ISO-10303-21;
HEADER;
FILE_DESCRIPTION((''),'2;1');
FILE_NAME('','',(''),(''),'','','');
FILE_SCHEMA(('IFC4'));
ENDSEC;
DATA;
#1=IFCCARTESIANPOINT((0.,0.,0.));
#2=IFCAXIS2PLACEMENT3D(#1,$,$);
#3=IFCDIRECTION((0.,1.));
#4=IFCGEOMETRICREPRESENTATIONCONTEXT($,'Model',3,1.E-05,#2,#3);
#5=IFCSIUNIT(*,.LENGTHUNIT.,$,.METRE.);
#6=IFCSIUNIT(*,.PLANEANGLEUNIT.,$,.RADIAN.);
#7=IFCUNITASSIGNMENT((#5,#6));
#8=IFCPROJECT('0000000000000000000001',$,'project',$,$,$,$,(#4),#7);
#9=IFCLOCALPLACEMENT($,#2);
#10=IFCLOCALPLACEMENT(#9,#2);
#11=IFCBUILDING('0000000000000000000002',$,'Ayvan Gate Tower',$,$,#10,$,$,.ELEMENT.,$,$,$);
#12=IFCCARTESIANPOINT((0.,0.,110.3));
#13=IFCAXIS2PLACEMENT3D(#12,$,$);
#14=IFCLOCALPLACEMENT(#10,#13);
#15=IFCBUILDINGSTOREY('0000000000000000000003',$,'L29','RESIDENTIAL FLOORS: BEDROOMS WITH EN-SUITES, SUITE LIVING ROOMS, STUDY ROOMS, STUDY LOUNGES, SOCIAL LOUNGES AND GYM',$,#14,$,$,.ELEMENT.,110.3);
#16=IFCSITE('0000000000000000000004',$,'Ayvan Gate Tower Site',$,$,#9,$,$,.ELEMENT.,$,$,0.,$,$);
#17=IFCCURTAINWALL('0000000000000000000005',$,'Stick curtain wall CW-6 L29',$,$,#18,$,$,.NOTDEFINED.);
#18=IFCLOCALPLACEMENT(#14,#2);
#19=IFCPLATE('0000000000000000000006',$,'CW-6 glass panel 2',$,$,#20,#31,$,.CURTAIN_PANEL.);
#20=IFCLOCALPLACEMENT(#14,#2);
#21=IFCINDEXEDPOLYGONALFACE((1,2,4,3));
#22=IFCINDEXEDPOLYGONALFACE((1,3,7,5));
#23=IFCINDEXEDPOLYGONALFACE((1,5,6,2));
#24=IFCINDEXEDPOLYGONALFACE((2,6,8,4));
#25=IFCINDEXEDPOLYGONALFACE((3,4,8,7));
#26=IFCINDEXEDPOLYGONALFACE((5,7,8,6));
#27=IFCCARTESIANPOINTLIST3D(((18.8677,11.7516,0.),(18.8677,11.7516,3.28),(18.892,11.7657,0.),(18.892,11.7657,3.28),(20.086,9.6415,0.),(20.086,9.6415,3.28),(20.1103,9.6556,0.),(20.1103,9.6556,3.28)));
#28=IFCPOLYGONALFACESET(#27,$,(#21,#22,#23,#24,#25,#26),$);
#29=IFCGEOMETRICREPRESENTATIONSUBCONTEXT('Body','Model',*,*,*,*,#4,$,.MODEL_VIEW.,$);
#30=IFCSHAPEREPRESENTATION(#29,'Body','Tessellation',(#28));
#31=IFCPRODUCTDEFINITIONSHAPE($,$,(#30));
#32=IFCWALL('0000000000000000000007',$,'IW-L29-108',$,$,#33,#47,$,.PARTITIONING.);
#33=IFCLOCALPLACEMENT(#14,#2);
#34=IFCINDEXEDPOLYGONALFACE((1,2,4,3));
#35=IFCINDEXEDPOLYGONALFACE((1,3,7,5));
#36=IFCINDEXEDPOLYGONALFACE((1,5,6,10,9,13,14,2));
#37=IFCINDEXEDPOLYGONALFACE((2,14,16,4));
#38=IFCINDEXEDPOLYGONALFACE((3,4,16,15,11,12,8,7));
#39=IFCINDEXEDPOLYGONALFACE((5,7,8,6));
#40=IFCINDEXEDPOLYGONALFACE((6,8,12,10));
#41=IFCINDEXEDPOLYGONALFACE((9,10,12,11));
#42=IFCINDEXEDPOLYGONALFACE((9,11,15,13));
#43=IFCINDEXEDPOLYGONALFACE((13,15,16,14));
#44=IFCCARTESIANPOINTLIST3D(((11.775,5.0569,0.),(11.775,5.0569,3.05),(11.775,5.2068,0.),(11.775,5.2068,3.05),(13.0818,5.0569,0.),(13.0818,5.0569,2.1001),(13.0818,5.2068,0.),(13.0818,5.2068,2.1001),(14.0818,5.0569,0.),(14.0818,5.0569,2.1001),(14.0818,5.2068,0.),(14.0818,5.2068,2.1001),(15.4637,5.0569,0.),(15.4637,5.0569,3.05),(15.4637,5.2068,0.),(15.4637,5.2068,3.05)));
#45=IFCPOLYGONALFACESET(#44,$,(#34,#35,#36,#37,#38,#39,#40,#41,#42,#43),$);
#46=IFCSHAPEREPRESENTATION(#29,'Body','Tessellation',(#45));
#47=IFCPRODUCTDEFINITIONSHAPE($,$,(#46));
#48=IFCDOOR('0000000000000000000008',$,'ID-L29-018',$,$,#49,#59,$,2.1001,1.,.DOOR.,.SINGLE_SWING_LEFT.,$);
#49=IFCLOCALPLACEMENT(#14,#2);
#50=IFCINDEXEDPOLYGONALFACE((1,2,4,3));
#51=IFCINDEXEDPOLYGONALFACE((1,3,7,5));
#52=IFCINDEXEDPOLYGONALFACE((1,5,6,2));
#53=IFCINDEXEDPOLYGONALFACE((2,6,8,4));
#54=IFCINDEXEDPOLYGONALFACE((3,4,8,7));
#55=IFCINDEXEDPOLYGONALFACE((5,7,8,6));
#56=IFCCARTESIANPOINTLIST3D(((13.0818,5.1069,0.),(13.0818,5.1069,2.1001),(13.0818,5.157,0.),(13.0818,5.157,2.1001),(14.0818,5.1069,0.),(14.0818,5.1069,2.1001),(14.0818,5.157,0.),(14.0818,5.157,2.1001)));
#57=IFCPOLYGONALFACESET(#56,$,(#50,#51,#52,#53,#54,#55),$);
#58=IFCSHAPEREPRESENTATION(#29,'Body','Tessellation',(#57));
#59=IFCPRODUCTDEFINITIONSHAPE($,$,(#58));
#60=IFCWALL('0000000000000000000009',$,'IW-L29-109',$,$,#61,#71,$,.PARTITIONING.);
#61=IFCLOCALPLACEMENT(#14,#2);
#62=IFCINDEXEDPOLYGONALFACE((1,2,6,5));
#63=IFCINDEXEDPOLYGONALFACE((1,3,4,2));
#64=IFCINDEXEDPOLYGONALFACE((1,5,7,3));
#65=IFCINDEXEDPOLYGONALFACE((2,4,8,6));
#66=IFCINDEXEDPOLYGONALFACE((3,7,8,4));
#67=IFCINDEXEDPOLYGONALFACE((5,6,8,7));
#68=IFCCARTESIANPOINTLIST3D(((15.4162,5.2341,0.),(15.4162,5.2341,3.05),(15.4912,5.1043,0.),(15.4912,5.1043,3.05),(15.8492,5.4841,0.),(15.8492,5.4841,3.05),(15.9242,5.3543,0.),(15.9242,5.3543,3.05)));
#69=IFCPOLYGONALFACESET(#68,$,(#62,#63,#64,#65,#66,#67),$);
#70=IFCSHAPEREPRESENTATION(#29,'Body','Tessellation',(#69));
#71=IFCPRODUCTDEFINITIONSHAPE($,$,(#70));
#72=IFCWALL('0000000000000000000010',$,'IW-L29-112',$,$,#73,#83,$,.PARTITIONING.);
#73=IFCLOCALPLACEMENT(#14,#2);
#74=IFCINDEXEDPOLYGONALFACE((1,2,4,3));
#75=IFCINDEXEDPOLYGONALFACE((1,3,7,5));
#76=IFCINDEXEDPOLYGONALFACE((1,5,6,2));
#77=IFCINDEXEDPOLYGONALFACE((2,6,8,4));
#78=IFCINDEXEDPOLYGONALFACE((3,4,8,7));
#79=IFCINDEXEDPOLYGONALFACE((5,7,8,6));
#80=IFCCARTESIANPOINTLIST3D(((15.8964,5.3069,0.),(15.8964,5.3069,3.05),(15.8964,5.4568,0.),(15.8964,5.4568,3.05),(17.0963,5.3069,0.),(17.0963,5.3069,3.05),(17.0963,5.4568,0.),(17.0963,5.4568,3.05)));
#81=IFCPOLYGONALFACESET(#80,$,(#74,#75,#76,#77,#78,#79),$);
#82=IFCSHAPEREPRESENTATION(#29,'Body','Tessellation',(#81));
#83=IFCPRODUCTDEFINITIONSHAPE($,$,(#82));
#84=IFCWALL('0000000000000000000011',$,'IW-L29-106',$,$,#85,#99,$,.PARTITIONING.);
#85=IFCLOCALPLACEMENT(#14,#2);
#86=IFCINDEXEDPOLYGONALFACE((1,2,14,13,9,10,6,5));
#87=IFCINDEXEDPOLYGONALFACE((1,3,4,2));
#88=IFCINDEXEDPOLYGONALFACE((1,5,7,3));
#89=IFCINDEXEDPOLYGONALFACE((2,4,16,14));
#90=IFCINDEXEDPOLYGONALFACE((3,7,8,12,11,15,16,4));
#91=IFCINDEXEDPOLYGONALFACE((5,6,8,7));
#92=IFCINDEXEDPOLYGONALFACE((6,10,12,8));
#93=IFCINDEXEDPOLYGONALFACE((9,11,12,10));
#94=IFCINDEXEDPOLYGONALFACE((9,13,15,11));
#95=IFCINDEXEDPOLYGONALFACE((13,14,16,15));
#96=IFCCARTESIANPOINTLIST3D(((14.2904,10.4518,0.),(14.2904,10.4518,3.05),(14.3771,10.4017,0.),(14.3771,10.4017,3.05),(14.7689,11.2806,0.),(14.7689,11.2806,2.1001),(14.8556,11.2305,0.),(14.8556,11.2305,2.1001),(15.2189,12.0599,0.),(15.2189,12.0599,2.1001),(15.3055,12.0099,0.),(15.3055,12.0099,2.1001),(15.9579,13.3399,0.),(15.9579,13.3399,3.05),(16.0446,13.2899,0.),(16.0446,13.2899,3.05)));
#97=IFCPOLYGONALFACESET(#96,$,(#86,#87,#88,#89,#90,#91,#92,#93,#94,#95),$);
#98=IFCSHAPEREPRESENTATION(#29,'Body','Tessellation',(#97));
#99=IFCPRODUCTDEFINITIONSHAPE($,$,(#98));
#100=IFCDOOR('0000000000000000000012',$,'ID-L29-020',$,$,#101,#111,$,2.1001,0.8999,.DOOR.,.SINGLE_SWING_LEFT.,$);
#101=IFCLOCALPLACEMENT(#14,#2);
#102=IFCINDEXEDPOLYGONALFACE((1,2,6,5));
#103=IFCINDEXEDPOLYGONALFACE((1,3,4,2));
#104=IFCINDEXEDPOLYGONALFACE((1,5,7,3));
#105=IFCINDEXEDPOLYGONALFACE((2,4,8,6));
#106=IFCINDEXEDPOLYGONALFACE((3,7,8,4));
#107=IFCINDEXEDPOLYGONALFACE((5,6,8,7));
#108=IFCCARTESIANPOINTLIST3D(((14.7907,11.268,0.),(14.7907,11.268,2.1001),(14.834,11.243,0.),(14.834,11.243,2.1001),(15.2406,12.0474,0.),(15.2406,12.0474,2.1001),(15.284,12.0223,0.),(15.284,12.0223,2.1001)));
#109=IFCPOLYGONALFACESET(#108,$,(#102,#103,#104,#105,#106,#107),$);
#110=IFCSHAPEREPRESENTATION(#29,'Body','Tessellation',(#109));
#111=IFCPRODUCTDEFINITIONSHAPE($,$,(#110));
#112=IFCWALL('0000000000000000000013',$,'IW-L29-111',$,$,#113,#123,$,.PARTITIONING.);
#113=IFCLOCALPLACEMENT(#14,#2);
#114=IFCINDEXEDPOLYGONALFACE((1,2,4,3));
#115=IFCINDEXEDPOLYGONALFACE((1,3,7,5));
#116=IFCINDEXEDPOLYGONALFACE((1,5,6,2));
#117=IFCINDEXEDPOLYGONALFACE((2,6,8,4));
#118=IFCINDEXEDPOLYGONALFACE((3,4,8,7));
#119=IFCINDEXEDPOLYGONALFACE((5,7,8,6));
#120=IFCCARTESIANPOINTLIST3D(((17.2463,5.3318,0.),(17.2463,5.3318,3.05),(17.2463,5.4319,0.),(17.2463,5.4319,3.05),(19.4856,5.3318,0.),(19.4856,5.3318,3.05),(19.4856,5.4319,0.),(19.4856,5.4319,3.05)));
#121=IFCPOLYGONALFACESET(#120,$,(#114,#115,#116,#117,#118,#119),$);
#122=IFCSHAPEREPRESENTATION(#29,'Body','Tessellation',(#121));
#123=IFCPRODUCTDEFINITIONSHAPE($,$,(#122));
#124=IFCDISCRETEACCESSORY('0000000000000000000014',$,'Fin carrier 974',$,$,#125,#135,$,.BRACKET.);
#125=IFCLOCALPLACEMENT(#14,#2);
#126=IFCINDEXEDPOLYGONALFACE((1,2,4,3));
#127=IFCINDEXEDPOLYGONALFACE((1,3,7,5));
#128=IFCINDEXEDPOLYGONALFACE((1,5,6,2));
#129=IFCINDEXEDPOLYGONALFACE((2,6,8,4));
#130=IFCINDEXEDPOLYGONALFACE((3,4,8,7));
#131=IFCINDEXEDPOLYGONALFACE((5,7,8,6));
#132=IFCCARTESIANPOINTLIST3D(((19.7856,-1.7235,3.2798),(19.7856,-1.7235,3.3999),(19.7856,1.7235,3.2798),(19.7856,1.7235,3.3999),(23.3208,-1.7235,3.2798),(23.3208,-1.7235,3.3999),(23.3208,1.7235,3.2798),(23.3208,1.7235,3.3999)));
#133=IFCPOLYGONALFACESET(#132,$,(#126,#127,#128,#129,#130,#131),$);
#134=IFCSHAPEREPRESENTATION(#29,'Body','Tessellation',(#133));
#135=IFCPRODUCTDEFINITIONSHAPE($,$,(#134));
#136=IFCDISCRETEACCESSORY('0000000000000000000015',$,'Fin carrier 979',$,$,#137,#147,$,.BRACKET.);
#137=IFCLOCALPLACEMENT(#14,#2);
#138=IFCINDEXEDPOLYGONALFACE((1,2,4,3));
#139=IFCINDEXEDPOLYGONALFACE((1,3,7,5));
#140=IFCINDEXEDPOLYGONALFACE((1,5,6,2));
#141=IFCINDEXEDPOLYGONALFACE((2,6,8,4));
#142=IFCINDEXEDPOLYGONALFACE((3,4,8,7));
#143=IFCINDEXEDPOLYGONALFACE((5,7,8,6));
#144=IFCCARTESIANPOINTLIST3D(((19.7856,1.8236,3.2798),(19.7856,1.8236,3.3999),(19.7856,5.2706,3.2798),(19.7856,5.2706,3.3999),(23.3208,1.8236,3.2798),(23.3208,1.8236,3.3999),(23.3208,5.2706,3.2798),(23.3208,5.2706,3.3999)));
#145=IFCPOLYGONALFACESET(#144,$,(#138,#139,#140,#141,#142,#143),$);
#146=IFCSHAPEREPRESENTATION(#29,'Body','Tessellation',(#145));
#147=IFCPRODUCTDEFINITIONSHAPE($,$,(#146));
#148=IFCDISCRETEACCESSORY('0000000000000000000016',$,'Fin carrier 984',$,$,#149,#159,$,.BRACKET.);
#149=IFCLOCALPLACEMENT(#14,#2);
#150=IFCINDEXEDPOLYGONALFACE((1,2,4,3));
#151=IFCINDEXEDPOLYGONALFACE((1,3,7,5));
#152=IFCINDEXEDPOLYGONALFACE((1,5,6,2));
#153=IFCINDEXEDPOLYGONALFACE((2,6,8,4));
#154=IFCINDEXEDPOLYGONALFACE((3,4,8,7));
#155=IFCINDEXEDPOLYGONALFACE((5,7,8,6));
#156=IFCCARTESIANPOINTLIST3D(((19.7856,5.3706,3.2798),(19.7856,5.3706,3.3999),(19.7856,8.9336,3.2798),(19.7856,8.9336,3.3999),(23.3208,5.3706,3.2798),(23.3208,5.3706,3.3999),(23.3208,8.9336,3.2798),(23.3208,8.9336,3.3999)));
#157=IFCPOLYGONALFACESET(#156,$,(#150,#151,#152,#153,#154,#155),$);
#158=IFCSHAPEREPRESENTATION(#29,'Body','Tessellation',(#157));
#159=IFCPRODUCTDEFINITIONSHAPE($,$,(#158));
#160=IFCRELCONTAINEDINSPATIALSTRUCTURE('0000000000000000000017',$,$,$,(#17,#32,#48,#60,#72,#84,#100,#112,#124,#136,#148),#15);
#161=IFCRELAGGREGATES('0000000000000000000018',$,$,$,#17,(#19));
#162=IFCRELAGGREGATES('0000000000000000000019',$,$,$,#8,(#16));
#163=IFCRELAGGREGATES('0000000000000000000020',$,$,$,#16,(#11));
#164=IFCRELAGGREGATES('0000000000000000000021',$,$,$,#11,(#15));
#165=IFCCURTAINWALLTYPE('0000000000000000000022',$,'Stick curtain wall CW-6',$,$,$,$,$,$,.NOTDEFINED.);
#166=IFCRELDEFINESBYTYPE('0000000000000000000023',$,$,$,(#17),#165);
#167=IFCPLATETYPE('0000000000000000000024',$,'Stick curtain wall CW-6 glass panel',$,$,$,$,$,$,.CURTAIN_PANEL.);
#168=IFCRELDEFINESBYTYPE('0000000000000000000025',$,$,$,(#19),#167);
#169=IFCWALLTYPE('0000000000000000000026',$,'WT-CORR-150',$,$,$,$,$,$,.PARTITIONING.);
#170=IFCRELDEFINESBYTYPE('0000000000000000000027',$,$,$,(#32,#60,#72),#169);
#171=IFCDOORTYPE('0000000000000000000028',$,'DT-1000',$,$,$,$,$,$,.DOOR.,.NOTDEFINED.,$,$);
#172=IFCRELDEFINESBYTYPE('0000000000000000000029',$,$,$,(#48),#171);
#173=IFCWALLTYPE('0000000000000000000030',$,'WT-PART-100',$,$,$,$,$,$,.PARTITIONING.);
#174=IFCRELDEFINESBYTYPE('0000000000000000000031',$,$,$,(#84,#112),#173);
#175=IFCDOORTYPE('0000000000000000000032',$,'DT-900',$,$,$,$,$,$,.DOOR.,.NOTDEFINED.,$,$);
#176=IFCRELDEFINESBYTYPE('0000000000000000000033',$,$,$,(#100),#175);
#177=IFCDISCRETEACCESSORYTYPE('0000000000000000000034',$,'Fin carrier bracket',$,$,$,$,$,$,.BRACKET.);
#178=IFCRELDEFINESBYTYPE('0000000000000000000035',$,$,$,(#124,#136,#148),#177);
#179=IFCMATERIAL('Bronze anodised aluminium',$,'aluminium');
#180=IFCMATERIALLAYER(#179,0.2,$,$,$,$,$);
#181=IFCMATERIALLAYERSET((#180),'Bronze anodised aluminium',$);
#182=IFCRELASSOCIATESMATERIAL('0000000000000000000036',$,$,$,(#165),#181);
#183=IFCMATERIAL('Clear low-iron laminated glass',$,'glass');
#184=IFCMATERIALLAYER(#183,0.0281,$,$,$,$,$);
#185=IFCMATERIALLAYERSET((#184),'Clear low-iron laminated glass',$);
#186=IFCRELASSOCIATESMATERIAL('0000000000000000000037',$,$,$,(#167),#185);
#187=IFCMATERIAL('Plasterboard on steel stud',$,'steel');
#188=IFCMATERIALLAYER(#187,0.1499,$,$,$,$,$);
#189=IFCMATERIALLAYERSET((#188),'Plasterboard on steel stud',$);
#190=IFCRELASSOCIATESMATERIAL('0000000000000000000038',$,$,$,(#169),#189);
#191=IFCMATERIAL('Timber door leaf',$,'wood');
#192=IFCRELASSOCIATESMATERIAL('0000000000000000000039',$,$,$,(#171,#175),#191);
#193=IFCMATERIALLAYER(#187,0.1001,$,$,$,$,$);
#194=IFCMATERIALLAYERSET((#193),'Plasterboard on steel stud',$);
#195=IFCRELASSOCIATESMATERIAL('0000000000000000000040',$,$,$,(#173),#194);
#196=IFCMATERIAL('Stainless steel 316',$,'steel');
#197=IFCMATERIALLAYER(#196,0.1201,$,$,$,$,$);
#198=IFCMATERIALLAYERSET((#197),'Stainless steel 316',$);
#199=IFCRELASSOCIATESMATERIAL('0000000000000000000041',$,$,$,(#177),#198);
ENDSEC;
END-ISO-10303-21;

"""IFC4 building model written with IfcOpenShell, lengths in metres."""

from ifc_helpers import new_model, si_unit, direction, frame, frame_2d, origin, origin_2d, place, context, subcontext, project, spatial, rectangle, extrude, material, layer, layer_set, type_object, element, fill, aggregate, save


model = new_model("IFC4")

# Units and contexts
model_context = context("Model", 3, precision=1e-05, world=origin(), true_north=direction((0.0, 1.0)))
body_context = subcontext(model_context, "Body", "Model", "MODEL_VIEW")
ifc_project = project(units=[si_unit("LENGTHUNIT", "METRE"), si_unit("PLANEANGLEUNIT", "RADIAN")], contexts=[model_context])

# Site, building, storey
site_placement = place(None, origin())
site = spatial("IfcSite", under=ifc_project, at=site_placement, Name="Ayvan Gate Tower Site", CompositionType="ELEMENT", RefElevation=0.0)
building_placement = place(site_placement, origin())
building = spatial("IfcBuilding", under=site, at=building_placement, Name="Ayvan Gate Tower", CompositionType="ELEMENT")
storey_placement = place(building_placement, frame((0.0, 0.0, 110.3)))
storey = spatial("IfcBuildingStorey", under=building, at=storey_placement, Name="L29", Description="RESIDENTIAL FLOORS: BEDROOMS WITH EN-SUITES, SUITE LIVING ROOMS, STUDY ROOMS, STUDY LOUNGES, SOCIAL LOUNGES AND GYM", CompositionType="ELEMENT", Elevation=110.3)

# Curtain wall
ifc_material_1 = material(Name="Bronze anodised aluminium", Category="aluminium")
ifc_layer_1 = layer(ifc_material_1, 0.2)
ifc_layer_set_1 = layer_set([ifc_layer_1], Name="Bronze anodised aluminium")
curtain_wall_type_1 = type_object("IfcCurtainWallType", Name="Stick curtain wall CW-6", PredefinedType="NOTDEFINED", material=ifc_layer_set_1)
curtain_wall_1_placement = place(storey_placement, origin())
curtain_wall_1 = element("IfcCurtainWall", 1, at=curtain_wall_1_placement, inside=storey, type_object=curtain_wall_type_1, Name="Stick curtain wall CW-6 L29", PredefinedType="NOTDEFINED")

# Plate
ifc_material_2 = material(Name="Clear low-iron laminated glass", Category="glass")
ifc_layer_2 = layer(ifc_material_2, 0.0281)
ifc_layer_set_2 = layer_set([ifc_layer_2], Name="Clear low-iron laminated glass")
plate_type_1 = type_object("IfcPlateType", Name="Stick curtain wall CW-6 glass panel", PredefinedType="CURTAIN_PANEL", material=ifc_layer_set_2)
plate_1_placement = place(storey_placement, frame((19.489, 10.7036, 0.0), z_axis=(0.0, 0.0, 1.0), x_axis=(-0.5, 0.866025, 0.0)))
plate_1 = element("IfcPlate", 2, at=plate_1_placement, type_object=plate_type_1, Name="CW-6 glass panel 2", PredefinedType="CURTAIN_PANEL", context=body_context, shape_type="SweptSolid", body=[
    extrude(rectangle(XDim=2.4365, YDim=0.0281, at=origin_2d()), origin(), (0.0, 0.0, 1.0), 3.28),
])
aggregate(curtain_wall_1, [plate_1])

# Wall, opening, door
ifc_material_3 = material(Name="Plasterboard on steel stud", Category="steel")
ifc_layer_3 = layer(ifc_material_3, 0.1499)
ifc_layer_set_3 = layer_set([ifc_layer_3], Name="Plasterboard on steel stud")
wall_type_1 = type_object("IfcWallType", Name="WT-CORR-150", PredefinedType="PARTITIONING", material=ifc_layer_set_3)
wall_1_placement = place(storey_placement, frame((15.4636, 5.1318, 0.0), z_axis=(0.0, 0.0, 1.0), x_axis=(-1.0, 0.0, 0.0)))
wall_1 = element("IfcWall", 3, at=wall_1_placement, inside=storey, type_object=wall_type_1, Name="IW-L29-108", PredefinedType="PARTITIONING", context=body_context, shape_type="SweptSolid", body=[
    extrude(rectangle(XDim=3.6887, YDim=0.1499, at=frame_2d((1.8442, 0.0))), origin(), (0.0, 0.0, 1.0), 3.05),
])
opening_1_placement = place(wall_1_placement, frame((1.3818, 0.0, 0.0)))
opening_1 = element("IfcOpeningElement", 4, at=opening_1_placement, cuts=wall_1, PredefinedType="OPENING", context=body_context, shape_type="SweptSolid", body=[
    extrude(rectangle(XDim=1.0, YDim=2.1001, at=frame_2d((0.5, 1.05))), frame((0.0, 0.085, 0.0), z_axis=(0.0, -1.0, 0.0), x_axis=(1.0, 0.0, 0.0)), (0.0, 0.0, 1.0), 0.1699),
])
ifc_material_4 = material(Name="Timber door leaf", Category="wood")
door_type_1 = type_object("IfcDoorType", Name="DT-1000", OperationType="NOTDEFINED", PredefinedType="DOOR", material=ifc_material_4)
door_1_placement = place(opening_1_placement, origin())
door_1 = element("IfcDoor", 5, at=door_1_placement, inside=storey, type_object=door_type_1, Name="ID-L29-018", OperationType="SINGLE_SWING_LEFT", OverallHeight=2.1001, OverallWidth=1.0, PredefinedType="DOOR", context=body_context, shape_type="SweptSolid", body=[
    extrude(rectangle(XDim=1.0, YDim=2.1001, at=frame_2d((0.5, 1.05))), frame((0.0, 0.0249, 0.0), z_axis=(0.0, -1.0, 0.0), x_axis=(1.0, 0.0, 0.0)), (0.0, 0.0, 1.0), 0.05),
])
fill(opening_1, door_1)

# Walls
wall_2_placement = place(storey_placement, frame((15.8867, 5.4192, 0.0), z_axis=(0.0, 0.0, 1.0), x_axis=(-0.866072, -0.49992, 0.0)))
element("IfcWall", 6, at=wall_2_placement, inside=storey, type_object=wall_type_1, Name="IW-L29-109", PredefinedType="PARTITIONING", context=body_context, shape_type="SweptSolid", body=[
    extrude(rectangle(XDim=0.5, YDim=0.1499, at=frame_2d((0.25, 0.0))), origin(), (0.0, 0.0, 1.0), 3.05),
])
wall_3_placement = place(storey_placement, frame((17.0964, 5.3818, 0.0), z_axis=(0.0, 0.0, 1.0), x_axis=(-1.0, 0.0, 0.0)))
element("IfcWall", 7, at=wall_3_placement, inside=storey, type_object=wall_type_1, Name="IW-L29-112", PredefinedType="PARTITIONING", context=body_context, shape_type="SweptSolid", body=[
    extrude(rectangle(XDim=1.2, YDim=0.1499, at=frame_2d((0.6001, 0.0))), origin(), (0.0, 0.0, 1.0), 3.05),
])

# Wall, opening, door
ifc_layer_4 = layer(ifc_material_3, 0.1001)
ifc_layer_set_4 = layer_set([ifc_layer_4], Name="Plasterboard on steel stud")
wall_type_2 = type_object("IfcWallType", Name="WT-PART-100", PredefinedType="PARTITIONING", material=ifc_layer_set_4)
wall_4_placement = place(storey_placement, frame((14.3337, 10.4268, 0.0), z_axis=(0.0, 0.0, 1.0), x_axis=(0.499997, 0.866027, 0.0)))
wall_4 = element("IfcWall", 8, at=wall_4_placement, inside=storey, type_object=wall_type_2, Name="IW-L29-106", PredefinedType="PARTITIONING", context=body_context, shape_type="SweptSolid", body=[
    extrude(rectangle(XDim=3.335, YDim=0.1001, at=frame_2d((1.6675, 0.0))), origin(), (0.0, 0.0, 1.0), 3.05),
])
opening_2_placement = place(wall_4_placement, frame((0.957, 0.0, 0.0)))
opening_2 = element("IfcOpeningElement", 9, at=opening_2_placement, cuts=wall_4, PredefinedType="OPENING", context=body_context, shape_type="SweptSolid", body=[
    extrude(rectangle(XDim=0.8999, YDim=2.1001, at=frame_2d((0.45, 1.05))), frame((0.0, 0.0601, 0.0), z_axis=(0.0, -1.0, 0.0), x_axis=(1.0, 0.0, 0.0)), (0.0, 0.0, 1.0), 0.1201),
])
door_type_2 = type_object("IfcDoorType", Name="DT-900", OperationType="NOTDEFINED", PredefinedType="DOOR", material=ifc_material_4)
door_2_placement = place(opening_2_placement, origin())
door_2 = element("IfcDoor", 10, at=door_2_placement, inside=storey, type_object=door_type_2, Name="ID-L29-020", OperationType="SINGLE_SWING_LEFT", OverallHeight=2.1001, OverallWidth=0.8999, PredefinedType="DOOR", context=body_context, shape_type="SweptSolid", body=[
    extrude(rectangle(XDim=0.8999, YDim=2.1001, at=frame_2d((0.45, 1.05))), frame((0.0, 0.0249, 0.0), z_axis=(0.0, -1.0, 0.0), x_axis=(1.0, 0.0, 0.0)), (0.0, 0.0, 1.0), 0.05),
])
fill(opening_2, door_2)

# Wall
wall_5_placement = place(storey_placement, frame((17.2463, 5.3818, 0.0), z_axis=(0.0, 0.0, 1.0), x_axis=(1.0, 0.0, 0.0)))
element("IfcWall", 11, at=wall_5_placement, inside=storey, type_object=wall_type_2, Name="IW-L29-111", PredefinedType="PARTITIONING", context=body_context, shape_type="SweptSolid", body=[
    extrude(rectangle(XDim=2.2393, YDim=0.1001, at=frame_2d((1.1196, 0.0))), origin(), (0.0, 0.0, 1.0), 3.05),
])

# Discrete accessories
ifc_material_5 = material(Name="Stainless steel 316", Category="steel")
ifc_layer_5 = layer(ifc_material_5, 0.1201)
ifc_layer_set_5 = layer_set([ifc_layer_5], Name="Stainless steel 316")
discrete_accessory_type = type_object("IfcDiscreteAccessoryType", Name="Fin carrier bracket", PredefinedType="BRACKET", material=ifc_layer_set_5)
for number, where, z_axis, x_axis, name in (
    (12, (21.5532, 0.0, 3.2798), (0.0, 0.0, 1.0), (0.0, 1.0, 0.0), "Fin carrier 974"),
    (13, (21.5532, 3.5471, 3.2798), (0.0, 0.0, 1.0), (0.0, 1.0, 0.0), "Fin carrier 979"),
):
    element("IfcDiscreteAccessory", number, at=place(storey_placement, frame(where, z_axis=z_axis, x_axis=x_axis)), inside=storey, type_object=discrete_accessory_type, Name=name, PredefinedType="BRACKET", context=body_context, shape_type="SweptSolid", body=[
        extrude(rectangle(XDim=3.447, YDim=3.5352, at=origin_2d()), origin(), (0.0, 0.0, 1.0), 0.1201),
    ])
discrete_accessory_placement = place(storey_placement, frame((21.5532, 7.1521, 3.2798), z_axis=(0.0, 0.0, 1.0), x_axis=(0.0, 1.0, 0.0)))
element("IfcDiscreteAccessory", 14, at=discrete_accessory_placement, inside=storey, type_object=discrete_accessory_type, Name="Fin carrier 984", PredefinedType="BRACKET", context=body_context, shape_type="SweptSolid", body=[
    extrude(rectangle(XDim=3.563, YDim=3.5352, at=origin_2d()), origin(), (0.0, 0.0, 1.0), 0.1201),
])

save(model, "model.ifc")
